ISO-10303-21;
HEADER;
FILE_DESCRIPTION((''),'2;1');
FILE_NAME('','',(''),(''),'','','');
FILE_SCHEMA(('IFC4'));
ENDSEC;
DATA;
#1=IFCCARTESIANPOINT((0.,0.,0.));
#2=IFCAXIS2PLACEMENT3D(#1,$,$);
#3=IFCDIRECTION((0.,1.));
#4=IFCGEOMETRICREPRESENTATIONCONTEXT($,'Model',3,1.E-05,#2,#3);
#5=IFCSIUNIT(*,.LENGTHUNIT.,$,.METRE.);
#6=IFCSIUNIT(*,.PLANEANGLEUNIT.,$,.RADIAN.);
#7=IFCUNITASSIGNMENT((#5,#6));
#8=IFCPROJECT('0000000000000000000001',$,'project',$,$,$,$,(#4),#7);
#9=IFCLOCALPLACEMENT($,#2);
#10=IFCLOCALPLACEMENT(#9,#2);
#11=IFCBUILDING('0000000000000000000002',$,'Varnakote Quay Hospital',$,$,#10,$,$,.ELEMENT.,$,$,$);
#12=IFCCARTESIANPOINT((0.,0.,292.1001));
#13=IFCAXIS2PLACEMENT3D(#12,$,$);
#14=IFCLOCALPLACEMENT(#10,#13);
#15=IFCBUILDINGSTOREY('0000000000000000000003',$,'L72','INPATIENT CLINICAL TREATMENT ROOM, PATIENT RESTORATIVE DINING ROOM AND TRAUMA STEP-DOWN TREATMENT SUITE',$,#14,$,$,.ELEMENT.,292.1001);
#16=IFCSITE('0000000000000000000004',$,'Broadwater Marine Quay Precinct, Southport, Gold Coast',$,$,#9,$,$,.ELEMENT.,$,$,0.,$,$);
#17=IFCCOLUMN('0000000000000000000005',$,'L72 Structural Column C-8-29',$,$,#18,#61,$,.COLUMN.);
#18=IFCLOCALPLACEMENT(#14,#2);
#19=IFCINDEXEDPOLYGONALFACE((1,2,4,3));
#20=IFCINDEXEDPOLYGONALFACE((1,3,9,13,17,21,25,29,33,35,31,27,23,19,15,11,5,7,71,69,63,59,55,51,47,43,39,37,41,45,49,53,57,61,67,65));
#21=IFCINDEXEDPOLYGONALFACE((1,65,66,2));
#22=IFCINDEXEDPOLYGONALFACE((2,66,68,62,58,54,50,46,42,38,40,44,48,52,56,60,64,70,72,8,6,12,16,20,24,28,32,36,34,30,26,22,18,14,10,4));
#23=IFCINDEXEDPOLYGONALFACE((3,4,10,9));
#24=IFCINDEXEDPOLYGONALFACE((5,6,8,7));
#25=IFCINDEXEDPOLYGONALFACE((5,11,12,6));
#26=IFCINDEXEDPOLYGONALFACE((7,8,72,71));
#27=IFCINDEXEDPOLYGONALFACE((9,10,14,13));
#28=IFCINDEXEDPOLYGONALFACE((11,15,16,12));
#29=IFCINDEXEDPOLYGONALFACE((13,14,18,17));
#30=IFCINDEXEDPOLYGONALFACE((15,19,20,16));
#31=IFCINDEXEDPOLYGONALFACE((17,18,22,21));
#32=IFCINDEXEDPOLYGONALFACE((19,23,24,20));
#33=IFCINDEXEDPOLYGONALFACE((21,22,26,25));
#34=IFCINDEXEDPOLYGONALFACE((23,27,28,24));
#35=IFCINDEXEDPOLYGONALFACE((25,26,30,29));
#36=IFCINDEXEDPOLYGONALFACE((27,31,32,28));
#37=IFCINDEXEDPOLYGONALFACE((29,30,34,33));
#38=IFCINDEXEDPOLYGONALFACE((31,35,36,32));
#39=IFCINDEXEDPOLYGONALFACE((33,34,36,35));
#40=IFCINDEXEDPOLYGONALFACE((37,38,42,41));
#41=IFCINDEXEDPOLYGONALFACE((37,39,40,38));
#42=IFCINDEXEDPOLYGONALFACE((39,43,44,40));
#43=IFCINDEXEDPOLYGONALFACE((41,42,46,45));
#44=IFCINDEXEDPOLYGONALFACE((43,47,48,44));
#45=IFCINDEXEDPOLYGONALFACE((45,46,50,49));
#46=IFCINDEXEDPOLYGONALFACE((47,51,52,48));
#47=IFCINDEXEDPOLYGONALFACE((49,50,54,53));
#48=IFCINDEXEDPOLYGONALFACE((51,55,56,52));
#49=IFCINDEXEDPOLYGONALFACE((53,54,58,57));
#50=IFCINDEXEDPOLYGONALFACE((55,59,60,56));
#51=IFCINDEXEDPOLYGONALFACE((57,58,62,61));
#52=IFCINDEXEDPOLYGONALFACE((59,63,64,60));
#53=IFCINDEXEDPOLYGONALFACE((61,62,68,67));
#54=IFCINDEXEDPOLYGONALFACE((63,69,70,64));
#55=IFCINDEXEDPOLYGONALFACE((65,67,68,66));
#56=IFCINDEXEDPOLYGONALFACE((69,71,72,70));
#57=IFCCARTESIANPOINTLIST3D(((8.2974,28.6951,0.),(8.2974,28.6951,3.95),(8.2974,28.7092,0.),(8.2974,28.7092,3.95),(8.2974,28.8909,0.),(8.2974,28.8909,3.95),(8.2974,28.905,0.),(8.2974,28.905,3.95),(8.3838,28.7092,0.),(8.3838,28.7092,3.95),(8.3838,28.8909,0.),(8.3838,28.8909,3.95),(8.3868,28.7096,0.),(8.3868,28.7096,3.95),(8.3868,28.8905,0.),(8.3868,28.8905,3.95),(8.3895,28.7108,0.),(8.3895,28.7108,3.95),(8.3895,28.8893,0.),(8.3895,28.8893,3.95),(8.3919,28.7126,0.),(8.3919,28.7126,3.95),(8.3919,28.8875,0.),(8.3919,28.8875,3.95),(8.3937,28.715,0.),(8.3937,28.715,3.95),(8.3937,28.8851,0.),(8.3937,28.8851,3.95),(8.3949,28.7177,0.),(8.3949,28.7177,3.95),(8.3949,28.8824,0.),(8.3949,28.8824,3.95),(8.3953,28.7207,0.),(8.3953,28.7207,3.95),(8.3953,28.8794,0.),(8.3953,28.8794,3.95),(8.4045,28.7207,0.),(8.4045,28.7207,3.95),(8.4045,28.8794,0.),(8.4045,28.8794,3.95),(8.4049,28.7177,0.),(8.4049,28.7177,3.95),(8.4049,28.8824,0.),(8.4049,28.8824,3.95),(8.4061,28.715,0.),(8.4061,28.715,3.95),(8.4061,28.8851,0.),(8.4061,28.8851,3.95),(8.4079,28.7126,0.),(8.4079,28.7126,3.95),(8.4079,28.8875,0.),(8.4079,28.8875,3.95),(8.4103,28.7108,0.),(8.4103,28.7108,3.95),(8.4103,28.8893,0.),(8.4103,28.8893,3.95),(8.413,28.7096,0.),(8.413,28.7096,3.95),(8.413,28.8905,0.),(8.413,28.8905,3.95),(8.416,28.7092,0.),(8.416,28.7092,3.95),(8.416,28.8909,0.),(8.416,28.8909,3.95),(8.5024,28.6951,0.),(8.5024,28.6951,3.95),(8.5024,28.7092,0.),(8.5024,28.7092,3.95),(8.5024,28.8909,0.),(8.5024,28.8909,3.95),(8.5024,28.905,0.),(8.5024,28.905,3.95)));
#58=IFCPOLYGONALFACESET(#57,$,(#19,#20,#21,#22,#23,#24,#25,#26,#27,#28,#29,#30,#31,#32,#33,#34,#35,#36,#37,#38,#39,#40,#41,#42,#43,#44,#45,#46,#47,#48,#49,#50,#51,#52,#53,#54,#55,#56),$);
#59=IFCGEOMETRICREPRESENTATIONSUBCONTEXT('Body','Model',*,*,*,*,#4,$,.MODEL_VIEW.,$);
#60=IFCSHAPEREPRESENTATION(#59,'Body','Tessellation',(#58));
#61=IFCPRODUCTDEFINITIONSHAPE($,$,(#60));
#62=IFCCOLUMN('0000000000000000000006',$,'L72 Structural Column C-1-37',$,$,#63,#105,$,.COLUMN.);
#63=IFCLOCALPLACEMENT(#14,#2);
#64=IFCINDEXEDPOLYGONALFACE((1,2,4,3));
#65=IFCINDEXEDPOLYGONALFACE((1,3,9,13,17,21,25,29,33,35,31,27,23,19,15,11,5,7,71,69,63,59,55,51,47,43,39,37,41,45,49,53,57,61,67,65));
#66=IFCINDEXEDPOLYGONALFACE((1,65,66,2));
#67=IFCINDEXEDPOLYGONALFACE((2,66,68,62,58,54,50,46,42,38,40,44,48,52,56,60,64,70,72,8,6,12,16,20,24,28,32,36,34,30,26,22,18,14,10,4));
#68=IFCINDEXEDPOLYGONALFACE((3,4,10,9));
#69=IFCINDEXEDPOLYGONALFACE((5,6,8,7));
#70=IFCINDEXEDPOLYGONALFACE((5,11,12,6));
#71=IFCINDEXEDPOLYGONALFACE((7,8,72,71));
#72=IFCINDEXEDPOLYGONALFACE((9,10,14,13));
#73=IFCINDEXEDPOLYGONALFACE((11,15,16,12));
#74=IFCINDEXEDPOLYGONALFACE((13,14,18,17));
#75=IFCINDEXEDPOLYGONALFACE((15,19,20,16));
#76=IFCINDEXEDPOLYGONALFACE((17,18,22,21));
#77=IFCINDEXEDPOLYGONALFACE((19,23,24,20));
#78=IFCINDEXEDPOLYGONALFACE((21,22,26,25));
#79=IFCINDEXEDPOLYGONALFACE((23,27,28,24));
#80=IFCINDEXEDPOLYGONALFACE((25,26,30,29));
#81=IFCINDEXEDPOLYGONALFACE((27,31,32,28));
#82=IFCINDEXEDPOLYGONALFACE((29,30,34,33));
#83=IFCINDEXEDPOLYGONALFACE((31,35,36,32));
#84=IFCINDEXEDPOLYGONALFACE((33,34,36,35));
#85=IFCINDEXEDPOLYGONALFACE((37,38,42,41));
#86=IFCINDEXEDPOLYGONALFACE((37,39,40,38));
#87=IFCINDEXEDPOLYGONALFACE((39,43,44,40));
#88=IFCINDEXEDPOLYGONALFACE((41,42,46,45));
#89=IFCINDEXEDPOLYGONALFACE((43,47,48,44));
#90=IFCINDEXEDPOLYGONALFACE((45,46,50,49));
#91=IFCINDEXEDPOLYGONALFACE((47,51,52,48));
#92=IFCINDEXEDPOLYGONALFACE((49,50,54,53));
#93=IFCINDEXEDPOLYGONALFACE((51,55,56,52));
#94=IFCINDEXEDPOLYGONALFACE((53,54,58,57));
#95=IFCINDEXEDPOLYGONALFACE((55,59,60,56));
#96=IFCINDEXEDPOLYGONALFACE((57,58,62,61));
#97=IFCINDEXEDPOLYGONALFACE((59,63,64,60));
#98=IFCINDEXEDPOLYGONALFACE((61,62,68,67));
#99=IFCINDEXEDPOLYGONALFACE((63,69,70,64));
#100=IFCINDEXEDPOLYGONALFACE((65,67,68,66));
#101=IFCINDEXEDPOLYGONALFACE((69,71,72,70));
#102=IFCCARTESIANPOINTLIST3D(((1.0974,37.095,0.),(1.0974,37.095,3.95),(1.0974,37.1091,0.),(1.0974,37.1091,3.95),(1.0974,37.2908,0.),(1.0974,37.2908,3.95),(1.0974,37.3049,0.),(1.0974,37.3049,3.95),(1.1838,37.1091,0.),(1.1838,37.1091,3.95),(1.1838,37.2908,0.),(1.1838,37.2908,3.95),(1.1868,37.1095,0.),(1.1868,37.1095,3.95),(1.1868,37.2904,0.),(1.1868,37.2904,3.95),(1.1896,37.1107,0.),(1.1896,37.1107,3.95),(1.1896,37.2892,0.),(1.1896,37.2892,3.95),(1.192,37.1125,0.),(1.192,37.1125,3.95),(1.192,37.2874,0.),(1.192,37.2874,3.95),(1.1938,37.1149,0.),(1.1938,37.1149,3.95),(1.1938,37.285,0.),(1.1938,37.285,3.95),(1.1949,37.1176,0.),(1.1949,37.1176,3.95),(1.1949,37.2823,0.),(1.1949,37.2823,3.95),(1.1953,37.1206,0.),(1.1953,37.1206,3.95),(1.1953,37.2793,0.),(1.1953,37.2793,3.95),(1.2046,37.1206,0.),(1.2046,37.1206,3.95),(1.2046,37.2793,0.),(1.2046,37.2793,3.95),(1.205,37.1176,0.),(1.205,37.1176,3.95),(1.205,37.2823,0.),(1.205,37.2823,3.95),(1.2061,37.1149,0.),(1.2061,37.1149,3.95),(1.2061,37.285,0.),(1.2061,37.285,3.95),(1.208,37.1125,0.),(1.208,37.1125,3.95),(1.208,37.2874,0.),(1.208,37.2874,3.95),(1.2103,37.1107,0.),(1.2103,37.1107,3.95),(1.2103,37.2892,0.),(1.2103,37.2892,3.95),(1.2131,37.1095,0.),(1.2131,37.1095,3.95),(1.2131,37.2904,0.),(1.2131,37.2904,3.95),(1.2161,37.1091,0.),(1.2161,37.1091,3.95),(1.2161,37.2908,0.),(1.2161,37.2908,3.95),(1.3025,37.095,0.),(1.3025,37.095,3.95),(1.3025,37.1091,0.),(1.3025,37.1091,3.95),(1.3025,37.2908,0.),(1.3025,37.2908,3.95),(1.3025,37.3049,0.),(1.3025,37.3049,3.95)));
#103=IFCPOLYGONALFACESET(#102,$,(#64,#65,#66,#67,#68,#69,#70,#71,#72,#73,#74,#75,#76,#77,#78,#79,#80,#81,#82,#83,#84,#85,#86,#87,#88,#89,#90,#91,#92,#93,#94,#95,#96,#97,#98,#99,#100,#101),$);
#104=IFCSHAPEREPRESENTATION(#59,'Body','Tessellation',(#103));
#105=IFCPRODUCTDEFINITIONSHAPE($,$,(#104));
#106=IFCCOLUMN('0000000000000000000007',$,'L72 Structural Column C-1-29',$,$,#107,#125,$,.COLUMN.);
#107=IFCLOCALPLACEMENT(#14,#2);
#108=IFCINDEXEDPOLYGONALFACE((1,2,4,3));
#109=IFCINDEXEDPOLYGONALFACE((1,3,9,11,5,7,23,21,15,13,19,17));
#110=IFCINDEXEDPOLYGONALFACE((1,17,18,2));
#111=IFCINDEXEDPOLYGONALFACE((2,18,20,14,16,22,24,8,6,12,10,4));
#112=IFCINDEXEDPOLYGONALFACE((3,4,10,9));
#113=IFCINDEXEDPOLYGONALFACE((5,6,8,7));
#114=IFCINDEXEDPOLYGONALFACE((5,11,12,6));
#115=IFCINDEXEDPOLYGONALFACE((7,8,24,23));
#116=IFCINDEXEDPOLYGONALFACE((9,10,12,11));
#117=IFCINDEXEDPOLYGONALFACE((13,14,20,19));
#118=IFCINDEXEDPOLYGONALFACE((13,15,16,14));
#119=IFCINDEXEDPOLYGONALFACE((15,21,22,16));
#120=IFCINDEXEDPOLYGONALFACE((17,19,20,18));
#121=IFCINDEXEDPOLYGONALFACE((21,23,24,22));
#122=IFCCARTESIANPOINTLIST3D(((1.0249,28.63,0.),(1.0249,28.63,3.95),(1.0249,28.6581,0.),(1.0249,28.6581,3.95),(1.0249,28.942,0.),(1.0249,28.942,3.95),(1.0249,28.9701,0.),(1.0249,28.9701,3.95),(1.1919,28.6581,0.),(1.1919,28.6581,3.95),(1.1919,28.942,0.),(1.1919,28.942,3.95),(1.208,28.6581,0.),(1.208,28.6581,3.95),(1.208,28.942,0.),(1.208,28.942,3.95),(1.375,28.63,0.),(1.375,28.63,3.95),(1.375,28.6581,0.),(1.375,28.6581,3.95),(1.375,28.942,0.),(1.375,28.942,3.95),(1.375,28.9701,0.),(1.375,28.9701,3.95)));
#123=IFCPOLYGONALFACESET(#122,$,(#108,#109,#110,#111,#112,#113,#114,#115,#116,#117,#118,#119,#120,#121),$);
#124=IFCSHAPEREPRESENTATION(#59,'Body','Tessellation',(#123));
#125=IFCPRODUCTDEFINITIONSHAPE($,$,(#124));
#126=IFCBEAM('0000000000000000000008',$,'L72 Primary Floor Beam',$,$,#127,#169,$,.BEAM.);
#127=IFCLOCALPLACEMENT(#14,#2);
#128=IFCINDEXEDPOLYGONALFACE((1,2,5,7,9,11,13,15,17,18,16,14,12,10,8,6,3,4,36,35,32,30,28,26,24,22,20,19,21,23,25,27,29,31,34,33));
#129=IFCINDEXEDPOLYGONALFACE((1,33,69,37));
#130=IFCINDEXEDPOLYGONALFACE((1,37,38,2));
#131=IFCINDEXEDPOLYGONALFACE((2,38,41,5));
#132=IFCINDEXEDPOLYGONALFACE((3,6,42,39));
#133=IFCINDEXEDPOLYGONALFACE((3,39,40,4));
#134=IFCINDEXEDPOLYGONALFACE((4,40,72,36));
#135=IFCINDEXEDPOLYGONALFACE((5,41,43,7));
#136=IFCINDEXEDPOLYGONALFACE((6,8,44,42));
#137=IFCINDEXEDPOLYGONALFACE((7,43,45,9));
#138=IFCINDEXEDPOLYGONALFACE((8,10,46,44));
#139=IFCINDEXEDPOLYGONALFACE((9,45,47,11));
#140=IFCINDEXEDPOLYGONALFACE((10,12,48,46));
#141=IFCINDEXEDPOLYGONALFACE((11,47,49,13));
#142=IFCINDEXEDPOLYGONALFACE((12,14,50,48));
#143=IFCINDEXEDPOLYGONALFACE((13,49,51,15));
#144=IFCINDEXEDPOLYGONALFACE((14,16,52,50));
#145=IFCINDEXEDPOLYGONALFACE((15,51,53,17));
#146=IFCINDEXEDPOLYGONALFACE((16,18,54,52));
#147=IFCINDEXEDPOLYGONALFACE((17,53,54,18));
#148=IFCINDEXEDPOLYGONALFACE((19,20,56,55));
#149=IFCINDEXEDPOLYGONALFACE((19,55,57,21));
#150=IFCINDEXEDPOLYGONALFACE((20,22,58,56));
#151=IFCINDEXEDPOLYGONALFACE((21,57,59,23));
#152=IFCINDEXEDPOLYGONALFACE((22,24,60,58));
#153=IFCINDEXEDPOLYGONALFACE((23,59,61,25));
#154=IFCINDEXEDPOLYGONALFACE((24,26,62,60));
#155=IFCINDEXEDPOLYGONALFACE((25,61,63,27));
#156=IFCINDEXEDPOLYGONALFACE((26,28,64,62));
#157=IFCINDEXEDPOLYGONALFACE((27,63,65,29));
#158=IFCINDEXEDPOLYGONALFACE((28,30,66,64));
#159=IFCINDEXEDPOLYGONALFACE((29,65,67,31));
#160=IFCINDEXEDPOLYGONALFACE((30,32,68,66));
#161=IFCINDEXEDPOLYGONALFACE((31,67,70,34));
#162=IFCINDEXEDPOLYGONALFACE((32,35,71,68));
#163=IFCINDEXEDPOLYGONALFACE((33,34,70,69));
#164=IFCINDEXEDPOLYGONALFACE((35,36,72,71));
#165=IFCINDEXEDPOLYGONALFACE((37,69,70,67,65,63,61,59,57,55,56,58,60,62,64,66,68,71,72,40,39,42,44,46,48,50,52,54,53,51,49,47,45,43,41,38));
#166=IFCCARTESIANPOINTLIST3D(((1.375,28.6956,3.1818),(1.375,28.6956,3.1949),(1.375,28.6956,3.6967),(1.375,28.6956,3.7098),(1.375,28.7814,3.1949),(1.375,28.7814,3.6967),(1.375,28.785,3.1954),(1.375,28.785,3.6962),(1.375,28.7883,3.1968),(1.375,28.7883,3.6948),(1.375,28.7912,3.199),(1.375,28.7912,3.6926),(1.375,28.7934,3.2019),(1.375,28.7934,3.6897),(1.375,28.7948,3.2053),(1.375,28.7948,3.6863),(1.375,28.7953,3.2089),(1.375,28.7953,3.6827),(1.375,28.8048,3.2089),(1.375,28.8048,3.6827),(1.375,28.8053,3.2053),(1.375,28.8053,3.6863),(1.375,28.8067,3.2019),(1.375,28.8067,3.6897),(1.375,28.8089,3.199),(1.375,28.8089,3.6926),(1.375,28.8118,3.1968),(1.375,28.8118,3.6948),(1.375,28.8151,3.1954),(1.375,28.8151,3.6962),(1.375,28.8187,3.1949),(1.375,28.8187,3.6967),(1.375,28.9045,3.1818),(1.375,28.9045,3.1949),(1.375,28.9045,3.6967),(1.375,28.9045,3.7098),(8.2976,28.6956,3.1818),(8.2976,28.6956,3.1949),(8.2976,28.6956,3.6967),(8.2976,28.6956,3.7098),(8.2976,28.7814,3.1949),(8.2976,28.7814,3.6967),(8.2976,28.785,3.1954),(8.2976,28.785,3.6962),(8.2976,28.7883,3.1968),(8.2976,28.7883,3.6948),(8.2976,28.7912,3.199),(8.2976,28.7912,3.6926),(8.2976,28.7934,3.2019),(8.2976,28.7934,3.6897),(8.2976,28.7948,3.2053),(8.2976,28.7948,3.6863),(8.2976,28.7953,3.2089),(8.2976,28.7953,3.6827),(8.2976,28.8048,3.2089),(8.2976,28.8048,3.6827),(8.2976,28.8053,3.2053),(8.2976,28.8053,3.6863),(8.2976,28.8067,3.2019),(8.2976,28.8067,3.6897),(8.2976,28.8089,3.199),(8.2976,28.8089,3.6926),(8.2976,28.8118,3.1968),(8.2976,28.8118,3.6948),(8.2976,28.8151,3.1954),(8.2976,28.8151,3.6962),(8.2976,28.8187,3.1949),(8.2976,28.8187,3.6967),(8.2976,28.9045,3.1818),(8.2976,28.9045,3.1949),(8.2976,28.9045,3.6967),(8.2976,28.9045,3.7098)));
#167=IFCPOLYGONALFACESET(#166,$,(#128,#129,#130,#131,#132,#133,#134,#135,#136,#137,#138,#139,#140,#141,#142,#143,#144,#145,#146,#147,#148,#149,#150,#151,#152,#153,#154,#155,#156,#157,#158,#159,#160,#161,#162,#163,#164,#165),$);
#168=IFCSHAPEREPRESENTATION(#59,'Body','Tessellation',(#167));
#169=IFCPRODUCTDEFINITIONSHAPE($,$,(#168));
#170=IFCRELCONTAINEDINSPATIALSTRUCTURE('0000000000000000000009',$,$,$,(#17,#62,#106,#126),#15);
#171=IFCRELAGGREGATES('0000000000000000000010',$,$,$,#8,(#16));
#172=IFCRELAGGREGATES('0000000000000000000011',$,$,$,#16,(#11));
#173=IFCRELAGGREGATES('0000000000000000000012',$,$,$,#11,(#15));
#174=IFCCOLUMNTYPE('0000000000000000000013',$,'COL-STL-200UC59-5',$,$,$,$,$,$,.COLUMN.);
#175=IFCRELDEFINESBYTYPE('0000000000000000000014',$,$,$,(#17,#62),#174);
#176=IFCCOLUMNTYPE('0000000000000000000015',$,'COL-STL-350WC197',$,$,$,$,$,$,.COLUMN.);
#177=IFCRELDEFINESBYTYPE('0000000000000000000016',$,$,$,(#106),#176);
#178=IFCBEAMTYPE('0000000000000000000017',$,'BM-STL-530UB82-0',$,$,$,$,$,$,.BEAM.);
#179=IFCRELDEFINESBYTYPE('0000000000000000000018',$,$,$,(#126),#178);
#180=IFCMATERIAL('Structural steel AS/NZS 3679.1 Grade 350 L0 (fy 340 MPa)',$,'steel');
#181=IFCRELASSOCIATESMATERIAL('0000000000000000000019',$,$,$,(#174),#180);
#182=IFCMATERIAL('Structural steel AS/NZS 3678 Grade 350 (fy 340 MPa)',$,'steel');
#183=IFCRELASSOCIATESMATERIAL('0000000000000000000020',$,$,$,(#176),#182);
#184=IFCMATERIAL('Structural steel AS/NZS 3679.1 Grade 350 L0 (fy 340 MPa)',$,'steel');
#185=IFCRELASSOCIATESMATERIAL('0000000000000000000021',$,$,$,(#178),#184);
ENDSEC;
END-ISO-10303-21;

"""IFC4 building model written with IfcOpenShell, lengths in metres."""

from ifc_helpers import new_model, si_unit, direction, frame, origin, origin_2d, place, context, subcontext, project, spatial, i_section, extrude, material, material_profile, profile_set, type_object, element, save


model = new_model("IFC4")

# Units and contexts
model_context = context("Model", 3, precision=1e-05, world=origin(), true_north=direction((0.0, 1.0)))
body_context = subcontext(model_context, "Body", "Model", "MODEL_VIEW")
ifc_project = project(units=[si_unit("LENGTHUNIT", "METRE"), si_unit("PLANEANGLEUNIT", "RADIAN")], contexts=[model_context])

# Site, building, storey
site_placement = place(None, origin())
site = spatial("IfcSite", under=ifc_project, at=site_placement, Name="Broadwater Marine Quay Precinct, Southport, Gold Coast", CompositionType="ELEMENT", RefElevation=0.0)
building_placement = place(site_placement, origin())
building = spatial("IfcBuilding", under=site, at=building_placement, Name="Varnakote Quay Hospital", CompositionType="ELEMENT")
storey_placement = place(building_placement, frame((0.0, 0.0, 292.1001)))
storey = spatial("IfcBuildingStorey", under=building, at=storey_placement, Name="L72", Description="INPATIENT CLINICAL TREATMENT ROOM, PATIENT RESTORATIVE DINING ROOM AND TRAUMA STEP-DOWN TREATMENT SUITE", CompositionType="ELEMENT", Elevation=292.1001)

# Columns
ifc_material_1 = material(Name="Structural steel AS/NZS 3679.1 Grade 350 L0 (fy 340 MPa)", Category="steel")
ifc_material_profile_1 = material_profile(ifc_material_1, i_section(OverallWidth=0.2051, OverallDepth=0.21, WebThickness=0.0093, FlangeThickness=0.0142, FilletRadius=0.0115, at=origin_2d()), Name="200UC59.5")
ifc_profile_set_1 = profile_set([ifc_material_profile_1], Name="Structural steel AS/NZS 3679.1 Grade 350 L0 (fy 340 MPa)")
column_type_1 = type_object("IfcColumnType", Name="COL-STL-200UC59-5", PredefinedType="COLUMN", material=ifc_profile_set_1)
for number, where, z_axis, x_axis, name in (
    (1, (8.3999, 28.8, 0.0), (0.0, 0.0, 1.0), (1.0, 0.0, 0.0), "L72 Structural Column C-8-29"),
    (2, (1.2, 37.2, 0.0), (0.0, 0.0, 1.0), (1.0, 0.0, 0.0), "L72 Structural Column C-1-37"),
):
    element("IfcColumn", number, at=place(storey_placement, frame(where, z_axis=z_axis, x_axis=x_axis)), inside=storey, type_object=column_type_1, Name=name, PredefinedType="COLUMN", context=body_context, shape_type="SweptSolid", body=[
        extrude(i_section(OverallWidth=0.2051, OverallDepth=0.21, WebThickness=0.0093, FlangeThickness=0.0142, FilletRadius=0.0115, at=origin_2d()), origin(), (0.0, 0.0, 1.0), 3.95),
    ])
ifc_material_2 = material(Name="Structural steel AS/NZS 3678 Grade 350 (fy 340 MPa)", Category="steel")
ifc_material_profile_2 = material_profile(ifc_material_2, i_section(OverallWidth=0.3501, OverallDepth=0.3401, WebThickness=0.0161, FlangeThickness=0.0281, at=origin_2d()), Name="350WC197")
ifc_profile_set_2 = profile_set([ifc_material_profile_2], Name="Structural steel AS/NZS 3678 Grade 350 (fy 340 MPa)")
column_type_2 = type_object("IfcColumnType", Name="COL-STL-350WC197", PredefinedType="COLUMN", material=ifc_profile_set_2)
column_placement = place(storey_placement, frame((1.2, 28.8, 0.0), z_axis=(0.0, 0.0, 1.0), x_axis=(1.0, 0.0, 0.0)))
element("IfcColumn", 3, at=column_placement, inside=storey, type_object=column_type_2, Name="L72 Structural Column C-1-29", PredefinedType="COLUMN", context=body_context, shape_type="SweptSolid", body=[
    extrude(i_section(OverallWidth=0.3501, OverallDepth=0.3401, WebThickness=0.0161, FlangeThickness=0.0281, at=origin_2d()), origin(), (0.0, 0.0, 1.0), 3.95),
])

# Beam
ifc_material_3 = material(Name="Structural steel AS/NZS 3679.1 Grade 350 L0 (fy 340 MPa)", Category="steel")
ifc_material_profile_3 = material_profile(ifc_material_3, i_section(OverallWidth=0.209, OverallDepth=0.5281, WebThickness=0.0095, FlangeThickness=0.0132, FilletRadius=0.0139, at=origin_2d()), Name="530UB82.0")
ifc_profile_set_3 = profile_set([ifc_material_profile_3], Name="Structural steel AS/NZS 3679.1 Grade 350 L0 (fy 340 MPa)")
beam_type_1 = type_object("IfcBeamType", Name="BM-STL-530UB82-0", PredefinedType="BEAM", material=ifc_profile_set_3)
beam_1_placement = place(storey_placement, frame((1.375, 28.8, 3.4458), z_axis=(1.0, 0.0, 0.0), x_axis=(0.0, 1.0, 0.0)))
element("IfcBeam", 4, at=beam_1_placement, inside=storey, type_object=beam_type_1, Name="L72 Primary Floor Beam", PredefinedType="BEAM", context=body_context, shape_type="SweptSolid", body=[
    extrude(i_section(OverallWidth=0.209, OverallDepth=0.5281, WebThickness=0.0095, FlangeThickness=0.0132, FilletRadius=0.0139, at=origin_2d()), origin(), (0.0, 0.0, 1.0), 6.9226),
])

save(model, "model.ifc")
